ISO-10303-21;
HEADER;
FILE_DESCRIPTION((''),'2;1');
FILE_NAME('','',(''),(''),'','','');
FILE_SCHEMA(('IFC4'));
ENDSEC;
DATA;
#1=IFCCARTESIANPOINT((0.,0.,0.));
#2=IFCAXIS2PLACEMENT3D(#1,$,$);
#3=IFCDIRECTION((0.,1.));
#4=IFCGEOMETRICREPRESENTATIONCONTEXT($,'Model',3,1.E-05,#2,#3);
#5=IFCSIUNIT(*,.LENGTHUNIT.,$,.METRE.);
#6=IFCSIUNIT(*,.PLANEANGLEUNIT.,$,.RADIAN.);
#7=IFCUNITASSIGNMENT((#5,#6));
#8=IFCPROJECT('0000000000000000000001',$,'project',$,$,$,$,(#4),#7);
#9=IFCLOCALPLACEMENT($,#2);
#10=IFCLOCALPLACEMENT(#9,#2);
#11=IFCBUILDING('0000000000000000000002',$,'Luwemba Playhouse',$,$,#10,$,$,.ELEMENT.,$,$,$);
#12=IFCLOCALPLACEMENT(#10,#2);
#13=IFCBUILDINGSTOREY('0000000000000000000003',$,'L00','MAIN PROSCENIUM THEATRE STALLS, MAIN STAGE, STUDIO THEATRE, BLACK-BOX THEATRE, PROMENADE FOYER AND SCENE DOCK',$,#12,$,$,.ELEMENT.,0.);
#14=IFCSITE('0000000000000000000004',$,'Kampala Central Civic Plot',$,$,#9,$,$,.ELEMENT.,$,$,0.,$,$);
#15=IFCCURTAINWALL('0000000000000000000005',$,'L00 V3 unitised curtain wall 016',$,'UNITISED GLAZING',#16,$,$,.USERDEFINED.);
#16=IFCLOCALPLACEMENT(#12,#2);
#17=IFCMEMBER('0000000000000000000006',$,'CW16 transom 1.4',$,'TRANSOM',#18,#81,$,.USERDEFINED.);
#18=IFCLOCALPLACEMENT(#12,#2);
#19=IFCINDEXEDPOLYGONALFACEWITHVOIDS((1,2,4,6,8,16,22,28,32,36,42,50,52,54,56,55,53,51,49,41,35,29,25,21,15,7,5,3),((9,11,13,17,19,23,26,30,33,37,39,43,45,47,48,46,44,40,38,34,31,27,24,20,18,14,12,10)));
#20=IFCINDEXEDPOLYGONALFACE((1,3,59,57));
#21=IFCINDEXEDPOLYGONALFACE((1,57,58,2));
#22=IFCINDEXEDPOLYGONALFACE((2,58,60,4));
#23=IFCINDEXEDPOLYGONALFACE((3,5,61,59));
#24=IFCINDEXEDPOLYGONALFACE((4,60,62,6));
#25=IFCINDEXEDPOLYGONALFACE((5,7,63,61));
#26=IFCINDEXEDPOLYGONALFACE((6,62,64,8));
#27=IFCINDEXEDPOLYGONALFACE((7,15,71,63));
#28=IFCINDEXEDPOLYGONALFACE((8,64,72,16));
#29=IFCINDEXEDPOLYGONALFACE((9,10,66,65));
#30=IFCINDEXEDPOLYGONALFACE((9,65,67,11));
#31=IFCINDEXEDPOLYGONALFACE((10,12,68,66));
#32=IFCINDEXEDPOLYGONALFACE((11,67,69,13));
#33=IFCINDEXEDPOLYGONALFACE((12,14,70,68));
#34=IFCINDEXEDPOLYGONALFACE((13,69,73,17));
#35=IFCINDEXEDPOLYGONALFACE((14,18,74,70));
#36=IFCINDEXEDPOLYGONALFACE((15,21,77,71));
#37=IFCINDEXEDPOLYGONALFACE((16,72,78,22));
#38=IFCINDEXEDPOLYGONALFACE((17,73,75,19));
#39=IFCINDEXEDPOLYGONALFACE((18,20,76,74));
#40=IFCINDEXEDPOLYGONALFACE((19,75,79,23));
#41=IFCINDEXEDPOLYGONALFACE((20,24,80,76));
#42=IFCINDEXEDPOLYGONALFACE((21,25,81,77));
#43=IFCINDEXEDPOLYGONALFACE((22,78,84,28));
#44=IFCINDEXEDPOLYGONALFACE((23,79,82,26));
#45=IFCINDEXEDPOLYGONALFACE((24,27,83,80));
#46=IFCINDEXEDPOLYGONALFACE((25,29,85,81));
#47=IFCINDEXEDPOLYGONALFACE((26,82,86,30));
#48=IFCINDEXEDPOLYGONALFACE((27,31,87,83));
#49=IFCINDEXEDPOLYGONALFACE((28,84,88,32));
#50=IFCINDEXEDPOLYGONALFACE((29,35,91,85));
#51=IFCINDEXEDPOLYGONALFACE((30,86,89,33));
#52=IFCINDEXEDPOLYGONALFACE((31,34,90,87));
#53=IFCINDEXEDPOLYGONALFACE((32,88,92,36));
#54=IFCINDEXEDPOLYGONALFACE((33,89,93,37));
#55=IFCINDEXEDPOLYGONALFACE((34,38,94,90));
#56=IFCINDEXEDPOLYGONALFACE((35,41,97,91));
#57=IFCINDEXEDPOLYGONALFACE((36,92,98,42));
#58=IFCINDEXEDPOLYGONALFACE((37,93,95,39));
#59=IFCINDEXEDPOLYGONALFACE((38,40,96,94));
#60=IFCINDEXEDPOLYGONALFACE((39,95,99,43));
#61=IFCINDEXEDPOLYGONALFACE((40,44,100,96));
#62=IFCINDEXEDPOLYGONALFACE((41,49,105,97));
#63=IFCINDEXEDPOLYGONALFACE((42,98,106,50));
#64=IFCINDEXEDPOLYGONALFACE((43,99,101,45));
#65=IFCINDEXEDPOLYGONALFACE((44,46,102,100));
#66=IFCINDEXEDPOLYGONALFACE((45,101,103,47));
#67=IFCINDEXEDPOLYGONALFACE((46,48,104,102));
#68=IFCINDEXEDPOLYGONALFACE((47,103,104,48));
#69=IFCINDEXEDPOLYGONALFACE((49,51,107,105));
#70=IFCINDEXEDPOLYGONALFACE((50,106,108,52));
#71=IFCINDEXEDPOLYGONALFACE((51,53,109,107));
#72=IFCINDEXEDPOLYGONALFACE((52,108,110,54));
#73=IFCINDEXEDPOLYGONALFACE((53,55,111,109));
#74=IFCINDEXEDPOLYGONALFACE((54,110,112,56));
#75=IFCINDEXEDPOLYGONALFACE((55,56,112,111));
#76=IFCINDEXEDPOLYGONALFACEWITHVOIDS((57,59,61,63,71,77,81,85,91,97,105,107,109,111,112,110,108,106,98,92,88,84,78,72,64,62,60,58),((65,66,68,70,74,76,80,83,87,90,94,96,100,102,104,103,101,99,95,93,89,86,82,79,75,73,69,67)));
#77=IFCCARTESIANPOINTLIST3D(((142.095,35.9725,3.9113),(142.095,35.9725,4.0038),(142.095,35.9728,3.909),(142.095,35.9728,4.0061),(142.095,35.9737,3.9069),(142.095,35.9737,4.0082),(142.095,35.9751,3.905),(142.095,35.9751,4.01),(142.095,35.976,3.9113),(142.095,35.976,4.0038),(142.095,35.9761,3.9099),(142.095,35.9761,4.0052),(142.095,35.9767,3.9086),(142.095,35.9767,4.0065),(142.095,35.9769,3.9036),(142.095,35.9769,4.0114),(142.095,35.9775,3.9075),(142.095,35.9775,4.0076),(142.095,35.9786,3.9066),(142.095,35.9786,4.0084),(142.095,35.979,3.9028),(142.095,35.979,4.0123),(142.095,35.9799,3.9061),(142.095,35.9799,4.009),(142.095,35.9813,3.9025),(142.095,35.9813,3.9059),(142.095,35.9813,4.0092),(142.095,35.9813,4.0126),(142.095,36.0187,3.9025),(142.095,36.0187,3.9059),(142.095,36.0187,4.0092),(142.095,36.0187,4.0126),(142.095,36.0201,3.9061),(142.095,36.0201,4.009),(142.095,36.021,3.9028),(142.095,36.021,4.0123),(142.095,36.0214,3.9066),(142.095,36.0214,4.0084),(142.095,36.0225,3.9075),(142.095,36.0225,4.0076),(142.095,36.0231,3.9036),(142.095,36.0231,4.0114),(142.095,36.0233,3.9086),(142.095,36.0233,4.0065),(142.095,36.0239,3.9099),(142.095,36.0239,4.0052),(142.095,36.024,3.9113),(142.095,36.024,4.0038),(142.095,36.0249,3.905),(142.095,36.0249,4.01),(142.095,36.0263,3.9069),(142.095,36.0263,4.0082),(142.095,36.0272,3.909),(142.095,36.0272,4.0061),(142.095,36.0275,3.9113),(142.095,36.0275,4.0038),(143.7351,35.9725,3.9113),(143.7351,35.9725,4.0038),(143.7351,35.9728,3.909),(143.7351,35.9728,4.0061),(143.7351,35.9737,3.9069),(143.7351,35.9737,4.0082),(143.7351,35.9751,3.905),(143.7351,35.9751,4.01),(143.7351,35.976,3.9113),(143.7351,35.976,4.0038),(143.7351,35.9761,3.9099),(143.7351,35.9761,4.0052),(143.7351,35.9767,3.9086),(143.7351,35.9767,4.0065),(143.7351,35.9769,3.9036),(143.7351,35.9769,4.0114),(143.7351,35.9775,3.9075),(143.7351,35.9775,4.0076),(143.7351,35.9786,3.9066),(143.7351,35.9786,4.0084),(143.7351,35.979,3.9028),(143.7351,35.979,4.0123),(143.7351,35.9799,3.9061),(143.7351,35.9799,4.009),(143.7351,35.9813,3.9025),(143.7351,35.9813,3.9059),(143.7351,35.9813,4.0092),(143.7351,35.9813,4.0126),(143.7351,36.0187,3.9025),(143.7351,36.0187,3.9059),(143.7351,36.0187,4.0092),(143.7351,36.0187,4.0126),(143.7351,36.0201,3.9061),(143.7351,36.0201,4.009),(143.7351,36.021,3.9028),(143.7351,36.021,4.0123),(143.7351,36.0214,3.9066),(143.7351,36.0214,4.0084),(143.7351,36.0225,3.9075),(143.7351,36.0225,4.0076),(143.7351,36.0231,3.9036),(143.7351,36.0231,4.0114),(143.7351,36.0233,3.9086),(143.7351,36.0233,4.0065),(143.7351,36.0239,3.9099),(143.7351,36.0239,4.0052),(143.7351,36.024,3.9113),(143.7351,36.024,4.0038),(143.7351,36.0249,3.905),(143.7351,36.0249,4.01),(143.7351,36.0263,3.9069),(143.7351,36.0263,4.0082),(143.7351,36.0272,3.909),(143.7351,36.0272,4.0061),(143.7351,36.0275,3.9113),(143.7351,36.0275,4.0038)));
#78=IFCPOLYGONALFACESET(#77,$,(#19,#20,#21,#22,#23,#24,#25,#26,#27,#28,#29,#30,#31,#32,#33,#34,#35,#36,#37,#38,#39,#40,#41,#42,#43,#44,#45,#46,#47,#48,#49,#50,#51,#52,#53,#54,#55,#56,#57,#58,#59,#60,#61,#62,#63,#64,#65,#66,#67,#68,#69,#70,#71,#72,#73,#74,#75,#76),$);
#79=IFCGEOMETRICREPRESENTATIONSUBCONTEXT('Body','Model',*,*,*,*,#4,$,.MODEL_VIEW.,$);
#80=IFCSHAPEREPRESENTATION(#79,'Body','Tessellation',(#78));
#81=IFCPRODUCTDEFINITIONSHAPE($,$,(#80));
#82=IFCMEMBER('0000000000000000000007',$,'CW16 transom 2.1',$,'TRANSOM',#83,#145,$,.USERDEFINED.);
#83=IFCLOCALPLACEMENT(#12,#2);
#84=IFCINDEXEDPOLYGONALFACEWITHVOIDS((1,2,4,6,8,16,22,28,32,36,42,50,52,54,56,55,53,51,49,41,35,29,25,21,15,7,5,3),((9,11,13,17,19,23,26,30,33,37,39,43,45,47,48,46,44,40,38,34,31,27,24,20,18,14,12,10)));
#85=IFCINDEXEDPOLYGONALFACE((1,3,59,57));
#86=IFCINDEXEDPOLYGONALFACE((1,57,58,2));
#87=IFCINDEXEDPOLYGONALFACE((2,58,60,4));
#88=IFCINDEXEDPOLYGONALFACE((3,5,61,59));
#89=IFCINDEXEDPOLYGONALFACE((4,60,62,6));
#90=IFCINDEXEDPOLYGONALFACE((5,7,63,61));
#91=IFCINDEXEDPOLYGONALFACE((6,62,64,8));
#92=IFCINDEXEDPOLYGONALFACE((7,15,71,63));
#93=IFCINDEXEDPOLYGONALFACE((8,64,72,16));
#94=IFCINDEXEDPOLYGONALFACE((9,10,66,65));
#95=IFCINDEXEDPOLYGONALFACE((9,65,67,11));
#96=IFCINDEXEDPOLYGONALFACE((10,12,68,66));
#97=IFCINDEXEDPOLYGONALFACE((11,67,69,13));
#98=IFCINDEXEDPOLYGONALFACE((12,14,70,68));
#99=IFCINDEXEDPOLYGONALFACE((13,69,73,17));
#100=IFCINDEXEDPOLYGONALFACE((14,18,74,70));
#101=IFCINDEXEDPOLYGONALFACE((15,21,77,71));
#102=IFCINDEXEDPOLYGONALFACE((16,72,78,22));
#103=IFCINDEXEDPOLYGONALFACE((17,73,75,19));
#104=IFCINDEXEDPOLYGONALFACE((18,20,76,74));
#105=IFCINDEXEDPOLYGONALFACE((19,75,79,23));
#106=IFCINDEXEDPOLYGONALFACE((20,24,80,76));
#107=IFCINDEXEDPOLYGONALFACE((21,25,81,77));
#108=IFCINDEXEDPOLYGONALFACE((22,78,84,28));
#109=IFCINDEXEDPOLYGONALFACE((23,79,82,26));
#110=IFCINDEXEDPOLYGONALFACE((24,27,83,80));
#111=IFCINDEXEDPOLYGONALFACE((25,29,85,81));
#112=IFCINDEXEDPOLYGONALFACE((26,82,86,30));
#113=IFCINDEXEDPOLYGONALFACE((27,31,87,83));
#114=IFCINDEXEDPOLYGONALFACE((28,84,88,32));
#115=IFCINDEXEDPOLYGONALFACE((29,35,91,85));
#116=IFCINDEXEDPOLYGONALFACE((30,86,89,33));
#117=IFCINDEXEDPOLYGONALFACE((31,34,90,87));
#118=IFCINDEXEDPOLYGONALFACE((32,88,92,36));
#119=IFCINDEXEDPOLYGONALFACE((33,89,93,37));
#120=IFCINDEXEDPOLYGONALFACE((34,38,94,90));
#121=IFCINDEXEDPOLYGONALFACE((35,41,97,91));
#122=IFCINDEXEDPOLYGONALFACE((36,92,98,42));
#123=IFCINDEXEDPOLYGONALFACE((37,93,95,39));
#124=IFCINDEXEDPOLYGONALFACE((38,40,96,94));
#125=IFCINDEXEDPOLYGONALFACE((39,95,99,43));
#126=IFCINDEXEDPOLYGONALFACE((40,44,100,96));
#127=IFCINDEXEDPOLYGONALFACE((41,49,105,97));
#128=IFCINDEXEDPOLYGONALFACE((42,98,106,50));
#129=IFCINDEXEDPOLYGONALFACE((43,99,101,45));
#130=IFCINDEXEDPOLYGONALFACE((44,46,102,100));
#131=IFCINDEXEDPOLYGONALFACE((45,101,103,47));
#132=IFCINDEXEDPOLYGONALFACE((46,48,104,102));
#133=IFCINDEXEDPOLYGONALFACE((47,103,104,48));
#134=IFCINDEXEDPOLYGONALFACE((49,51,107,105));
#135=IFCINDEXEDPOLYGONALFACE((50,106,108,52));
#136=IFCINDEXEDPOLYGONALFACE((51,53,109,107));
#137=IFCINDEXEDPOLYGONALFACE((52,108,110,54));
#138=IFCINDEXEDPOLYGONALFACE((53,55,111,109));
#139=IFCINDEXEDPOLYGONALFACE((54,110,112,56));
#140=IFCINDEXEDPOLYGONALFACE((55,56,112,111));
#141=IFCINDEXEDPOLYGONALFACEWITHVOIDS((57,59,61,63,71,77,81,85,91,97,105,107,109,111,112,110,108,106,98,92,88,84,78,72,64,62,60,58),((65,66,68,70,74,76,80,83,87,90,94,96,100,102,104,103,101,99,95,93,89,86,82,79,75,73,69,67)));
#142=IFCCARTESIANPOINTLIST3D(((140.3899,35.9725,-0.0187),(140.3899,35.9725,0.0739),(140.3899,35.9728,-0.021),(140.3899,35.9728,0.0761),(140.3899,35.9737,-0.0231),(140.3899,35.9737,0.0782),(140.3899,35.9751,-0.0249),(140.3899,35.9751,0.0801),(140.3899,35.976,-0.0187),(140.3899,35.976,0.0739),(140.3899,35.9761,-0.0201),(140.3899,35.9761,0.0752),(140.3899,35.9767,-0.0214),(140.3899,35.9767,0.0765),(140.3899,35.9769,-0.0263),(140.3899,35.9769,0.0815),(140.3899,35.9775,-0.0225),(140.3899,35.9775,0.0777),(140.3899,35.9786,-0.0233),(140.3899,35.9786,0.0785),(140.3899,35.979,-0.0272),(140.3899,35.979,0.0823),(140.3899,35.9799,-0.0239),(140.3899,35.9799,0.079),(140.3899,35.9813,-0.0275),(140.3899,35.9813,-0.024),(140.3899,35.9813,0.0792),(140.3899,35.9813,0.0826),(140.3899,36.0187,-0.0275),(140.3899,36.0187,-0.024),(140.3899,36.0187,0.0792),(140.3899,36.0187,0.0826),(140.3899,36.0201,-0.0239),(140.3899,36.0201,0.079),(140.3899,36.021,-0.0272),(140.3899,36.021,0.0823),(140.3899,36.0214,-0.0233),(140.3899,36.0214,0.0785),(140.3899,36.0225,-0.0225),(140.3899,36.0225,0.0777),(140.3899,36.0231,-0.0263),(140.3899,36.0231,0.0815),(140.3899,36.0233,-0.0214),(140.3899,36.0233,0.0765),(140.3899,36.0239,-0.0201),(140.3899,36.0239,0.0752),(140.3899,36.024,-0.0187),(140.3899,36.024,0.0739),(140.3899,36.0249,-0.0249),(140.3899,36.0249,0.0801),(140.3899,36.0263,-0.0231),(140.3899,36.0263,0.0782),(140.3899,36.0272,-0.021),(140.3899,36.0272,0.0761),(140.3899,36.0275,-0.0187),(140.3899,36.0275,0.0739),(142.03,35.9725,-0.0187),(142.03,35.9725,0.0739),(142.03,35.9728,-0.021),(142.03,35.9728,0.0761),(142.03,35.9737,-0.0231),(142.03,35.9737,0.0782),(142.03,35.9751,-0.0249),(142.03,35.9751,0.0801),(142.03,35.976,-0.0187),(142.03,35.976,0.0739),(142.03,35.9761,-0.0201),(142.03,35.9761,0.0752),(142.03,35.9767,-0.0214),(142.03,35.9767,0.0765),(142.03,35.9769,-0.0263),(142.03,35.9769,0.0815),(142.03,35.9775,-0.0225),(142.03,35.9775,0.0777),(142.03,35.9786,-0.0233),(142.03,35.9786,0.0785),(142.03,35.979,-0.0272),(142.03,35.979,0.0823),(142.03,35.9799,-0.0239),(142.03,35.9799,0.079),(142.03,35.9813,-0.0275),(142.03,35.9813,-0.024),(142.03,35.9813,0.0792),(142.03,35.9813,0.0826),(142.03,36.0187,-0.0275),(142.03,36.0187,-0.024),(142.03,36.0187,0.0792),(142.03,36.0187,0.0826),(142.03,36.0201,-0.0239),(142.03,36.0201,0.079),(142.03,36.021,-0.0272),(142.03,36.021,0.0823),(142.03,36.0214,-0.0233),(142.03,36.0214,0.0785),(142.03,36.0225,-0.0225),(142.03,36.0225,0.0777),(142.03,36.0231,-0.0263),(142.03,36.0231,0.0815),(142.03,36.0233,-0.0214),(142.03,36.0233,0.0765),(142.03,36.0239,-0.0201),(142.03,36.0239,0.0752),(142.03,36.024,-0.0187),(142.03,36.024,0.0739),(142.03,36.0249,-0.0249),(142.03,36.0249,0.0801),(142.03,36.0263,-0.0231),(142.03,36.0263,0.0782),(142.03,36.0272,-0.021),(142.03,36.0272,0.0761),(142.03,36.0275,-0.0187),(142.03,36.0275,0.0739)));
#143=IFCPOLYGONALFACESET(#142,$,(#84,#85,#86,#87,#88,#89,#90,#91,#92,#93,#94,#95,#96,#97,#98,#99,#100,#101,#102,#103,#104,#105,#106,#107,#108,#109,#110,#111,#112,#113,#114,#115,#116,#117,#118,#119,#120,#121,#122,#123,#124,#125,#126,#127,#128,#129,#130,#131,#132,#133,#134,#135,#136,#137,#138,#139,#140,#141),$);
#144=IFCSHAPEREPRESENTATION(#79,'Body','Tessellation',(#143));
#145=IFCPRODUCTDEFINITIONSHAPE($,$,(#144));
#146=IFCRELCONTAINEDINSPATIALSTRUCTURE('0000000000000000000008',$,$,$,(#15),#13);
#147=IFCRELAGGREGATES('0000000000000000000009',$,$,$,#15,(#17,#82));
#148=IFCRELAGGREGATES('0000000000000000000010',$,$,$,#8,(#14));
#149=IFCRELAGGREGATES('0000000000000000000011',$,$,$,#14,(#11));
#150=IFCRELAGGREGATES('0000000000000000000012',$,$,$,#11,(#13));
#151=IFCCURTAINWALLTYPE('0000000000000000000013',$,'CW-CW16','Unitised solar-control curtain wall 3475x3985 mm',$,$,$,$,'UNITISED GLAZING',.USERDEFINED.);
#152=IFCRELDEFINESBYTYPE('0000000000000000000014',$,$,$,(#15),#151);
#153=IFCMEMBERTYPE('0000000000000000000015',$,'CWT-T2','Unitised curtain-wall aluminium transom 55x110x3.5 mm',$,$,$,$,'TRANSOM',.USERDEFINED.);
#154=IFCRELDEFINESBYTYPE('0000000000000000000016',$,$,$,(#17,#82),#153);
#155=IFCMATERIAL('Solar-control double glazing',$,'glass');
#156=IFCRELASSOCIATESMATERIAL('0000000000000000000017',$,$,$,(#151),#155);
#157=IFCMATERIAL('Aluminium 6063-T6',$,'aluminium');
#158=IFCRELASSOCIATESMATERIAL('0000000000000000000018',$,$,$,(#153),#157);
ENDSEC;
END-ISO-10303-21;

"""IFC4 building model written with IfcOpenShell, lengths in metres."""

from ifc_helpers import new_model, si_unit, direction, frame, origin, origin_2d, place, context, subcontext, project, spatial, hollow_rectangle, extrude, material, material_profile, profile_set, type_object, element, aggregate, save


model = new_model("IFC4")

# Units and contexts
model_context = context("Model", 3, precision=1e-05, world=origin(), true_north=direction((0.0, 1.0)))
body_context = subcontext(model_context, "Body", "Model", "MODEL_VIEW")
ifc_project = project(units=[si_unit("LENGTHUNIT", "METRE"), si_unit("PLANEANGLEUNIT", "RADIAN")], contexts=[model_context])

# Site, building, storey
site_placement = place(None, origin())
site = spatial("IfcSite", under=ifc_project, at=site_placement, Name="Kampala Central Civic Plot", CompositionType="ELEMENT", RefElevation=0.0)
building_placement = place(site_placement, origin())
building = spatial("IfcBuilding", under=site, at=building_placement, Name="Luwemba Playhouse", CompositionType="ELEMENT")
storey_placement = place(building_placement, origin())
storey = spatial("IfcBuildingStorey", under=building, at=storey_placement, Name="L00", Description="MAIN PROSCENIUM THEATRE STALLS, MAIN STAGE, STUDIO THEATRE, BLACK-BOX THEATRE, PROMENADE FOYER AND SCENE DOCK", CompositionType="ELEMENT", Elevation=0.0)

# Curtain wall
ifc_material_1 = material(Name="Solar-control double glazing", Category="glass")
curtain_wall_type_1 = type_object("IfcCurtainWallType", Name="CW-CW16", Description="Unitised solar-control curtain wall 3475x3985 mm", ElementType="UNITISED GLAZING", PredefinedType="USERDEFINED", material=ifc_material_1)
curtain_wall_1_placement = place(storey_placement, origin())
curtain_wall_1 = element("IfcCurtainWall", 1, at=curtain_wall_1_placement, inside=storey, type_object=curtain_wall_type_1, Name="L00 V3 unitised curtain wall 016", ObjectType="UNITISED GLAZING", PredefinedType="USERDEFINED")
ifc_material_2 = material(Name="Aluminium 6063-T6", Category="aluminium")

# Members
ifc_material_profile_1 = material_profile(ifc_material_2, hollow_rectangle(XDim=0.0549, YDim=0.1101, WallThickness=0.0034, InnerFilletRadius=0.0054, OuterFilletRadius=0.0088, at=origin_2d()))
ifc_profile_set_1 = profile_set([ifc_material_profile_1], Name="Aluminium 6063-T6")
member_type_1 = type_object("IfcMemberType", Name="CWT-T2", Description="Unitised curtain-wall aluminium transom 55x110x3.5 mm", ElementType="TRANSOM", PredefinedType="USERDEFINED", material=ifc_profile_set_1)
member_1_placement = place(storey_placement, frame((143.7351, 36.0, 3.9575), z_axis=(-1.0, 0.0, 0.0), x_axis=(0.0, -1.0, 0.0)))
member_1 = element("IfcMember", 2, at=member_1_placement, type_object=member_type_1, Name="CW16 transom 1.4", ObjectType="TRANSOM", PredefinedType="USERDEFINED", context=body_context, shape_type="SweptSolid", body=[
    extrude(hollow_rectangle(XDim=0.0549, YDim=0.1101, WallThickness=0.0034, InnerFilletRadius=0.0054, OuterFilletRadius=0.0088, at=origin_2d()), origin(), (0.0, 0.0, 1.0), 1.6401),
])
member_2_placement = place(storey_placement, frame((142.03, 36.0, 0.0276), z_axis=(-1.0, 0.0, 0.0), x_axis=(0.0, -1.0, 0.0)))
member_2 = element("IfcMember", 3, at=member_2_placement, type_object=member_type_1, Name="CW16 transom 2.1", ObjectType="TRANSOM", PredefinedType="USERDEFINED", context=body_context, shape_type="SweptSolid", body=[
    extrude(hollow_rectangle(XDim=0.0549, YDim=0.1101, WallThickness=0.0034, InnerFilletRadius=0.0054, OuterFilletRadius=0.0088, at=origin_2d()), origin(), (0.0, 0.0, 1.0), 1.6401),
])

aggregate(curtain_wall_1, [member_1, member_2])

save(model, "model.ifc")
